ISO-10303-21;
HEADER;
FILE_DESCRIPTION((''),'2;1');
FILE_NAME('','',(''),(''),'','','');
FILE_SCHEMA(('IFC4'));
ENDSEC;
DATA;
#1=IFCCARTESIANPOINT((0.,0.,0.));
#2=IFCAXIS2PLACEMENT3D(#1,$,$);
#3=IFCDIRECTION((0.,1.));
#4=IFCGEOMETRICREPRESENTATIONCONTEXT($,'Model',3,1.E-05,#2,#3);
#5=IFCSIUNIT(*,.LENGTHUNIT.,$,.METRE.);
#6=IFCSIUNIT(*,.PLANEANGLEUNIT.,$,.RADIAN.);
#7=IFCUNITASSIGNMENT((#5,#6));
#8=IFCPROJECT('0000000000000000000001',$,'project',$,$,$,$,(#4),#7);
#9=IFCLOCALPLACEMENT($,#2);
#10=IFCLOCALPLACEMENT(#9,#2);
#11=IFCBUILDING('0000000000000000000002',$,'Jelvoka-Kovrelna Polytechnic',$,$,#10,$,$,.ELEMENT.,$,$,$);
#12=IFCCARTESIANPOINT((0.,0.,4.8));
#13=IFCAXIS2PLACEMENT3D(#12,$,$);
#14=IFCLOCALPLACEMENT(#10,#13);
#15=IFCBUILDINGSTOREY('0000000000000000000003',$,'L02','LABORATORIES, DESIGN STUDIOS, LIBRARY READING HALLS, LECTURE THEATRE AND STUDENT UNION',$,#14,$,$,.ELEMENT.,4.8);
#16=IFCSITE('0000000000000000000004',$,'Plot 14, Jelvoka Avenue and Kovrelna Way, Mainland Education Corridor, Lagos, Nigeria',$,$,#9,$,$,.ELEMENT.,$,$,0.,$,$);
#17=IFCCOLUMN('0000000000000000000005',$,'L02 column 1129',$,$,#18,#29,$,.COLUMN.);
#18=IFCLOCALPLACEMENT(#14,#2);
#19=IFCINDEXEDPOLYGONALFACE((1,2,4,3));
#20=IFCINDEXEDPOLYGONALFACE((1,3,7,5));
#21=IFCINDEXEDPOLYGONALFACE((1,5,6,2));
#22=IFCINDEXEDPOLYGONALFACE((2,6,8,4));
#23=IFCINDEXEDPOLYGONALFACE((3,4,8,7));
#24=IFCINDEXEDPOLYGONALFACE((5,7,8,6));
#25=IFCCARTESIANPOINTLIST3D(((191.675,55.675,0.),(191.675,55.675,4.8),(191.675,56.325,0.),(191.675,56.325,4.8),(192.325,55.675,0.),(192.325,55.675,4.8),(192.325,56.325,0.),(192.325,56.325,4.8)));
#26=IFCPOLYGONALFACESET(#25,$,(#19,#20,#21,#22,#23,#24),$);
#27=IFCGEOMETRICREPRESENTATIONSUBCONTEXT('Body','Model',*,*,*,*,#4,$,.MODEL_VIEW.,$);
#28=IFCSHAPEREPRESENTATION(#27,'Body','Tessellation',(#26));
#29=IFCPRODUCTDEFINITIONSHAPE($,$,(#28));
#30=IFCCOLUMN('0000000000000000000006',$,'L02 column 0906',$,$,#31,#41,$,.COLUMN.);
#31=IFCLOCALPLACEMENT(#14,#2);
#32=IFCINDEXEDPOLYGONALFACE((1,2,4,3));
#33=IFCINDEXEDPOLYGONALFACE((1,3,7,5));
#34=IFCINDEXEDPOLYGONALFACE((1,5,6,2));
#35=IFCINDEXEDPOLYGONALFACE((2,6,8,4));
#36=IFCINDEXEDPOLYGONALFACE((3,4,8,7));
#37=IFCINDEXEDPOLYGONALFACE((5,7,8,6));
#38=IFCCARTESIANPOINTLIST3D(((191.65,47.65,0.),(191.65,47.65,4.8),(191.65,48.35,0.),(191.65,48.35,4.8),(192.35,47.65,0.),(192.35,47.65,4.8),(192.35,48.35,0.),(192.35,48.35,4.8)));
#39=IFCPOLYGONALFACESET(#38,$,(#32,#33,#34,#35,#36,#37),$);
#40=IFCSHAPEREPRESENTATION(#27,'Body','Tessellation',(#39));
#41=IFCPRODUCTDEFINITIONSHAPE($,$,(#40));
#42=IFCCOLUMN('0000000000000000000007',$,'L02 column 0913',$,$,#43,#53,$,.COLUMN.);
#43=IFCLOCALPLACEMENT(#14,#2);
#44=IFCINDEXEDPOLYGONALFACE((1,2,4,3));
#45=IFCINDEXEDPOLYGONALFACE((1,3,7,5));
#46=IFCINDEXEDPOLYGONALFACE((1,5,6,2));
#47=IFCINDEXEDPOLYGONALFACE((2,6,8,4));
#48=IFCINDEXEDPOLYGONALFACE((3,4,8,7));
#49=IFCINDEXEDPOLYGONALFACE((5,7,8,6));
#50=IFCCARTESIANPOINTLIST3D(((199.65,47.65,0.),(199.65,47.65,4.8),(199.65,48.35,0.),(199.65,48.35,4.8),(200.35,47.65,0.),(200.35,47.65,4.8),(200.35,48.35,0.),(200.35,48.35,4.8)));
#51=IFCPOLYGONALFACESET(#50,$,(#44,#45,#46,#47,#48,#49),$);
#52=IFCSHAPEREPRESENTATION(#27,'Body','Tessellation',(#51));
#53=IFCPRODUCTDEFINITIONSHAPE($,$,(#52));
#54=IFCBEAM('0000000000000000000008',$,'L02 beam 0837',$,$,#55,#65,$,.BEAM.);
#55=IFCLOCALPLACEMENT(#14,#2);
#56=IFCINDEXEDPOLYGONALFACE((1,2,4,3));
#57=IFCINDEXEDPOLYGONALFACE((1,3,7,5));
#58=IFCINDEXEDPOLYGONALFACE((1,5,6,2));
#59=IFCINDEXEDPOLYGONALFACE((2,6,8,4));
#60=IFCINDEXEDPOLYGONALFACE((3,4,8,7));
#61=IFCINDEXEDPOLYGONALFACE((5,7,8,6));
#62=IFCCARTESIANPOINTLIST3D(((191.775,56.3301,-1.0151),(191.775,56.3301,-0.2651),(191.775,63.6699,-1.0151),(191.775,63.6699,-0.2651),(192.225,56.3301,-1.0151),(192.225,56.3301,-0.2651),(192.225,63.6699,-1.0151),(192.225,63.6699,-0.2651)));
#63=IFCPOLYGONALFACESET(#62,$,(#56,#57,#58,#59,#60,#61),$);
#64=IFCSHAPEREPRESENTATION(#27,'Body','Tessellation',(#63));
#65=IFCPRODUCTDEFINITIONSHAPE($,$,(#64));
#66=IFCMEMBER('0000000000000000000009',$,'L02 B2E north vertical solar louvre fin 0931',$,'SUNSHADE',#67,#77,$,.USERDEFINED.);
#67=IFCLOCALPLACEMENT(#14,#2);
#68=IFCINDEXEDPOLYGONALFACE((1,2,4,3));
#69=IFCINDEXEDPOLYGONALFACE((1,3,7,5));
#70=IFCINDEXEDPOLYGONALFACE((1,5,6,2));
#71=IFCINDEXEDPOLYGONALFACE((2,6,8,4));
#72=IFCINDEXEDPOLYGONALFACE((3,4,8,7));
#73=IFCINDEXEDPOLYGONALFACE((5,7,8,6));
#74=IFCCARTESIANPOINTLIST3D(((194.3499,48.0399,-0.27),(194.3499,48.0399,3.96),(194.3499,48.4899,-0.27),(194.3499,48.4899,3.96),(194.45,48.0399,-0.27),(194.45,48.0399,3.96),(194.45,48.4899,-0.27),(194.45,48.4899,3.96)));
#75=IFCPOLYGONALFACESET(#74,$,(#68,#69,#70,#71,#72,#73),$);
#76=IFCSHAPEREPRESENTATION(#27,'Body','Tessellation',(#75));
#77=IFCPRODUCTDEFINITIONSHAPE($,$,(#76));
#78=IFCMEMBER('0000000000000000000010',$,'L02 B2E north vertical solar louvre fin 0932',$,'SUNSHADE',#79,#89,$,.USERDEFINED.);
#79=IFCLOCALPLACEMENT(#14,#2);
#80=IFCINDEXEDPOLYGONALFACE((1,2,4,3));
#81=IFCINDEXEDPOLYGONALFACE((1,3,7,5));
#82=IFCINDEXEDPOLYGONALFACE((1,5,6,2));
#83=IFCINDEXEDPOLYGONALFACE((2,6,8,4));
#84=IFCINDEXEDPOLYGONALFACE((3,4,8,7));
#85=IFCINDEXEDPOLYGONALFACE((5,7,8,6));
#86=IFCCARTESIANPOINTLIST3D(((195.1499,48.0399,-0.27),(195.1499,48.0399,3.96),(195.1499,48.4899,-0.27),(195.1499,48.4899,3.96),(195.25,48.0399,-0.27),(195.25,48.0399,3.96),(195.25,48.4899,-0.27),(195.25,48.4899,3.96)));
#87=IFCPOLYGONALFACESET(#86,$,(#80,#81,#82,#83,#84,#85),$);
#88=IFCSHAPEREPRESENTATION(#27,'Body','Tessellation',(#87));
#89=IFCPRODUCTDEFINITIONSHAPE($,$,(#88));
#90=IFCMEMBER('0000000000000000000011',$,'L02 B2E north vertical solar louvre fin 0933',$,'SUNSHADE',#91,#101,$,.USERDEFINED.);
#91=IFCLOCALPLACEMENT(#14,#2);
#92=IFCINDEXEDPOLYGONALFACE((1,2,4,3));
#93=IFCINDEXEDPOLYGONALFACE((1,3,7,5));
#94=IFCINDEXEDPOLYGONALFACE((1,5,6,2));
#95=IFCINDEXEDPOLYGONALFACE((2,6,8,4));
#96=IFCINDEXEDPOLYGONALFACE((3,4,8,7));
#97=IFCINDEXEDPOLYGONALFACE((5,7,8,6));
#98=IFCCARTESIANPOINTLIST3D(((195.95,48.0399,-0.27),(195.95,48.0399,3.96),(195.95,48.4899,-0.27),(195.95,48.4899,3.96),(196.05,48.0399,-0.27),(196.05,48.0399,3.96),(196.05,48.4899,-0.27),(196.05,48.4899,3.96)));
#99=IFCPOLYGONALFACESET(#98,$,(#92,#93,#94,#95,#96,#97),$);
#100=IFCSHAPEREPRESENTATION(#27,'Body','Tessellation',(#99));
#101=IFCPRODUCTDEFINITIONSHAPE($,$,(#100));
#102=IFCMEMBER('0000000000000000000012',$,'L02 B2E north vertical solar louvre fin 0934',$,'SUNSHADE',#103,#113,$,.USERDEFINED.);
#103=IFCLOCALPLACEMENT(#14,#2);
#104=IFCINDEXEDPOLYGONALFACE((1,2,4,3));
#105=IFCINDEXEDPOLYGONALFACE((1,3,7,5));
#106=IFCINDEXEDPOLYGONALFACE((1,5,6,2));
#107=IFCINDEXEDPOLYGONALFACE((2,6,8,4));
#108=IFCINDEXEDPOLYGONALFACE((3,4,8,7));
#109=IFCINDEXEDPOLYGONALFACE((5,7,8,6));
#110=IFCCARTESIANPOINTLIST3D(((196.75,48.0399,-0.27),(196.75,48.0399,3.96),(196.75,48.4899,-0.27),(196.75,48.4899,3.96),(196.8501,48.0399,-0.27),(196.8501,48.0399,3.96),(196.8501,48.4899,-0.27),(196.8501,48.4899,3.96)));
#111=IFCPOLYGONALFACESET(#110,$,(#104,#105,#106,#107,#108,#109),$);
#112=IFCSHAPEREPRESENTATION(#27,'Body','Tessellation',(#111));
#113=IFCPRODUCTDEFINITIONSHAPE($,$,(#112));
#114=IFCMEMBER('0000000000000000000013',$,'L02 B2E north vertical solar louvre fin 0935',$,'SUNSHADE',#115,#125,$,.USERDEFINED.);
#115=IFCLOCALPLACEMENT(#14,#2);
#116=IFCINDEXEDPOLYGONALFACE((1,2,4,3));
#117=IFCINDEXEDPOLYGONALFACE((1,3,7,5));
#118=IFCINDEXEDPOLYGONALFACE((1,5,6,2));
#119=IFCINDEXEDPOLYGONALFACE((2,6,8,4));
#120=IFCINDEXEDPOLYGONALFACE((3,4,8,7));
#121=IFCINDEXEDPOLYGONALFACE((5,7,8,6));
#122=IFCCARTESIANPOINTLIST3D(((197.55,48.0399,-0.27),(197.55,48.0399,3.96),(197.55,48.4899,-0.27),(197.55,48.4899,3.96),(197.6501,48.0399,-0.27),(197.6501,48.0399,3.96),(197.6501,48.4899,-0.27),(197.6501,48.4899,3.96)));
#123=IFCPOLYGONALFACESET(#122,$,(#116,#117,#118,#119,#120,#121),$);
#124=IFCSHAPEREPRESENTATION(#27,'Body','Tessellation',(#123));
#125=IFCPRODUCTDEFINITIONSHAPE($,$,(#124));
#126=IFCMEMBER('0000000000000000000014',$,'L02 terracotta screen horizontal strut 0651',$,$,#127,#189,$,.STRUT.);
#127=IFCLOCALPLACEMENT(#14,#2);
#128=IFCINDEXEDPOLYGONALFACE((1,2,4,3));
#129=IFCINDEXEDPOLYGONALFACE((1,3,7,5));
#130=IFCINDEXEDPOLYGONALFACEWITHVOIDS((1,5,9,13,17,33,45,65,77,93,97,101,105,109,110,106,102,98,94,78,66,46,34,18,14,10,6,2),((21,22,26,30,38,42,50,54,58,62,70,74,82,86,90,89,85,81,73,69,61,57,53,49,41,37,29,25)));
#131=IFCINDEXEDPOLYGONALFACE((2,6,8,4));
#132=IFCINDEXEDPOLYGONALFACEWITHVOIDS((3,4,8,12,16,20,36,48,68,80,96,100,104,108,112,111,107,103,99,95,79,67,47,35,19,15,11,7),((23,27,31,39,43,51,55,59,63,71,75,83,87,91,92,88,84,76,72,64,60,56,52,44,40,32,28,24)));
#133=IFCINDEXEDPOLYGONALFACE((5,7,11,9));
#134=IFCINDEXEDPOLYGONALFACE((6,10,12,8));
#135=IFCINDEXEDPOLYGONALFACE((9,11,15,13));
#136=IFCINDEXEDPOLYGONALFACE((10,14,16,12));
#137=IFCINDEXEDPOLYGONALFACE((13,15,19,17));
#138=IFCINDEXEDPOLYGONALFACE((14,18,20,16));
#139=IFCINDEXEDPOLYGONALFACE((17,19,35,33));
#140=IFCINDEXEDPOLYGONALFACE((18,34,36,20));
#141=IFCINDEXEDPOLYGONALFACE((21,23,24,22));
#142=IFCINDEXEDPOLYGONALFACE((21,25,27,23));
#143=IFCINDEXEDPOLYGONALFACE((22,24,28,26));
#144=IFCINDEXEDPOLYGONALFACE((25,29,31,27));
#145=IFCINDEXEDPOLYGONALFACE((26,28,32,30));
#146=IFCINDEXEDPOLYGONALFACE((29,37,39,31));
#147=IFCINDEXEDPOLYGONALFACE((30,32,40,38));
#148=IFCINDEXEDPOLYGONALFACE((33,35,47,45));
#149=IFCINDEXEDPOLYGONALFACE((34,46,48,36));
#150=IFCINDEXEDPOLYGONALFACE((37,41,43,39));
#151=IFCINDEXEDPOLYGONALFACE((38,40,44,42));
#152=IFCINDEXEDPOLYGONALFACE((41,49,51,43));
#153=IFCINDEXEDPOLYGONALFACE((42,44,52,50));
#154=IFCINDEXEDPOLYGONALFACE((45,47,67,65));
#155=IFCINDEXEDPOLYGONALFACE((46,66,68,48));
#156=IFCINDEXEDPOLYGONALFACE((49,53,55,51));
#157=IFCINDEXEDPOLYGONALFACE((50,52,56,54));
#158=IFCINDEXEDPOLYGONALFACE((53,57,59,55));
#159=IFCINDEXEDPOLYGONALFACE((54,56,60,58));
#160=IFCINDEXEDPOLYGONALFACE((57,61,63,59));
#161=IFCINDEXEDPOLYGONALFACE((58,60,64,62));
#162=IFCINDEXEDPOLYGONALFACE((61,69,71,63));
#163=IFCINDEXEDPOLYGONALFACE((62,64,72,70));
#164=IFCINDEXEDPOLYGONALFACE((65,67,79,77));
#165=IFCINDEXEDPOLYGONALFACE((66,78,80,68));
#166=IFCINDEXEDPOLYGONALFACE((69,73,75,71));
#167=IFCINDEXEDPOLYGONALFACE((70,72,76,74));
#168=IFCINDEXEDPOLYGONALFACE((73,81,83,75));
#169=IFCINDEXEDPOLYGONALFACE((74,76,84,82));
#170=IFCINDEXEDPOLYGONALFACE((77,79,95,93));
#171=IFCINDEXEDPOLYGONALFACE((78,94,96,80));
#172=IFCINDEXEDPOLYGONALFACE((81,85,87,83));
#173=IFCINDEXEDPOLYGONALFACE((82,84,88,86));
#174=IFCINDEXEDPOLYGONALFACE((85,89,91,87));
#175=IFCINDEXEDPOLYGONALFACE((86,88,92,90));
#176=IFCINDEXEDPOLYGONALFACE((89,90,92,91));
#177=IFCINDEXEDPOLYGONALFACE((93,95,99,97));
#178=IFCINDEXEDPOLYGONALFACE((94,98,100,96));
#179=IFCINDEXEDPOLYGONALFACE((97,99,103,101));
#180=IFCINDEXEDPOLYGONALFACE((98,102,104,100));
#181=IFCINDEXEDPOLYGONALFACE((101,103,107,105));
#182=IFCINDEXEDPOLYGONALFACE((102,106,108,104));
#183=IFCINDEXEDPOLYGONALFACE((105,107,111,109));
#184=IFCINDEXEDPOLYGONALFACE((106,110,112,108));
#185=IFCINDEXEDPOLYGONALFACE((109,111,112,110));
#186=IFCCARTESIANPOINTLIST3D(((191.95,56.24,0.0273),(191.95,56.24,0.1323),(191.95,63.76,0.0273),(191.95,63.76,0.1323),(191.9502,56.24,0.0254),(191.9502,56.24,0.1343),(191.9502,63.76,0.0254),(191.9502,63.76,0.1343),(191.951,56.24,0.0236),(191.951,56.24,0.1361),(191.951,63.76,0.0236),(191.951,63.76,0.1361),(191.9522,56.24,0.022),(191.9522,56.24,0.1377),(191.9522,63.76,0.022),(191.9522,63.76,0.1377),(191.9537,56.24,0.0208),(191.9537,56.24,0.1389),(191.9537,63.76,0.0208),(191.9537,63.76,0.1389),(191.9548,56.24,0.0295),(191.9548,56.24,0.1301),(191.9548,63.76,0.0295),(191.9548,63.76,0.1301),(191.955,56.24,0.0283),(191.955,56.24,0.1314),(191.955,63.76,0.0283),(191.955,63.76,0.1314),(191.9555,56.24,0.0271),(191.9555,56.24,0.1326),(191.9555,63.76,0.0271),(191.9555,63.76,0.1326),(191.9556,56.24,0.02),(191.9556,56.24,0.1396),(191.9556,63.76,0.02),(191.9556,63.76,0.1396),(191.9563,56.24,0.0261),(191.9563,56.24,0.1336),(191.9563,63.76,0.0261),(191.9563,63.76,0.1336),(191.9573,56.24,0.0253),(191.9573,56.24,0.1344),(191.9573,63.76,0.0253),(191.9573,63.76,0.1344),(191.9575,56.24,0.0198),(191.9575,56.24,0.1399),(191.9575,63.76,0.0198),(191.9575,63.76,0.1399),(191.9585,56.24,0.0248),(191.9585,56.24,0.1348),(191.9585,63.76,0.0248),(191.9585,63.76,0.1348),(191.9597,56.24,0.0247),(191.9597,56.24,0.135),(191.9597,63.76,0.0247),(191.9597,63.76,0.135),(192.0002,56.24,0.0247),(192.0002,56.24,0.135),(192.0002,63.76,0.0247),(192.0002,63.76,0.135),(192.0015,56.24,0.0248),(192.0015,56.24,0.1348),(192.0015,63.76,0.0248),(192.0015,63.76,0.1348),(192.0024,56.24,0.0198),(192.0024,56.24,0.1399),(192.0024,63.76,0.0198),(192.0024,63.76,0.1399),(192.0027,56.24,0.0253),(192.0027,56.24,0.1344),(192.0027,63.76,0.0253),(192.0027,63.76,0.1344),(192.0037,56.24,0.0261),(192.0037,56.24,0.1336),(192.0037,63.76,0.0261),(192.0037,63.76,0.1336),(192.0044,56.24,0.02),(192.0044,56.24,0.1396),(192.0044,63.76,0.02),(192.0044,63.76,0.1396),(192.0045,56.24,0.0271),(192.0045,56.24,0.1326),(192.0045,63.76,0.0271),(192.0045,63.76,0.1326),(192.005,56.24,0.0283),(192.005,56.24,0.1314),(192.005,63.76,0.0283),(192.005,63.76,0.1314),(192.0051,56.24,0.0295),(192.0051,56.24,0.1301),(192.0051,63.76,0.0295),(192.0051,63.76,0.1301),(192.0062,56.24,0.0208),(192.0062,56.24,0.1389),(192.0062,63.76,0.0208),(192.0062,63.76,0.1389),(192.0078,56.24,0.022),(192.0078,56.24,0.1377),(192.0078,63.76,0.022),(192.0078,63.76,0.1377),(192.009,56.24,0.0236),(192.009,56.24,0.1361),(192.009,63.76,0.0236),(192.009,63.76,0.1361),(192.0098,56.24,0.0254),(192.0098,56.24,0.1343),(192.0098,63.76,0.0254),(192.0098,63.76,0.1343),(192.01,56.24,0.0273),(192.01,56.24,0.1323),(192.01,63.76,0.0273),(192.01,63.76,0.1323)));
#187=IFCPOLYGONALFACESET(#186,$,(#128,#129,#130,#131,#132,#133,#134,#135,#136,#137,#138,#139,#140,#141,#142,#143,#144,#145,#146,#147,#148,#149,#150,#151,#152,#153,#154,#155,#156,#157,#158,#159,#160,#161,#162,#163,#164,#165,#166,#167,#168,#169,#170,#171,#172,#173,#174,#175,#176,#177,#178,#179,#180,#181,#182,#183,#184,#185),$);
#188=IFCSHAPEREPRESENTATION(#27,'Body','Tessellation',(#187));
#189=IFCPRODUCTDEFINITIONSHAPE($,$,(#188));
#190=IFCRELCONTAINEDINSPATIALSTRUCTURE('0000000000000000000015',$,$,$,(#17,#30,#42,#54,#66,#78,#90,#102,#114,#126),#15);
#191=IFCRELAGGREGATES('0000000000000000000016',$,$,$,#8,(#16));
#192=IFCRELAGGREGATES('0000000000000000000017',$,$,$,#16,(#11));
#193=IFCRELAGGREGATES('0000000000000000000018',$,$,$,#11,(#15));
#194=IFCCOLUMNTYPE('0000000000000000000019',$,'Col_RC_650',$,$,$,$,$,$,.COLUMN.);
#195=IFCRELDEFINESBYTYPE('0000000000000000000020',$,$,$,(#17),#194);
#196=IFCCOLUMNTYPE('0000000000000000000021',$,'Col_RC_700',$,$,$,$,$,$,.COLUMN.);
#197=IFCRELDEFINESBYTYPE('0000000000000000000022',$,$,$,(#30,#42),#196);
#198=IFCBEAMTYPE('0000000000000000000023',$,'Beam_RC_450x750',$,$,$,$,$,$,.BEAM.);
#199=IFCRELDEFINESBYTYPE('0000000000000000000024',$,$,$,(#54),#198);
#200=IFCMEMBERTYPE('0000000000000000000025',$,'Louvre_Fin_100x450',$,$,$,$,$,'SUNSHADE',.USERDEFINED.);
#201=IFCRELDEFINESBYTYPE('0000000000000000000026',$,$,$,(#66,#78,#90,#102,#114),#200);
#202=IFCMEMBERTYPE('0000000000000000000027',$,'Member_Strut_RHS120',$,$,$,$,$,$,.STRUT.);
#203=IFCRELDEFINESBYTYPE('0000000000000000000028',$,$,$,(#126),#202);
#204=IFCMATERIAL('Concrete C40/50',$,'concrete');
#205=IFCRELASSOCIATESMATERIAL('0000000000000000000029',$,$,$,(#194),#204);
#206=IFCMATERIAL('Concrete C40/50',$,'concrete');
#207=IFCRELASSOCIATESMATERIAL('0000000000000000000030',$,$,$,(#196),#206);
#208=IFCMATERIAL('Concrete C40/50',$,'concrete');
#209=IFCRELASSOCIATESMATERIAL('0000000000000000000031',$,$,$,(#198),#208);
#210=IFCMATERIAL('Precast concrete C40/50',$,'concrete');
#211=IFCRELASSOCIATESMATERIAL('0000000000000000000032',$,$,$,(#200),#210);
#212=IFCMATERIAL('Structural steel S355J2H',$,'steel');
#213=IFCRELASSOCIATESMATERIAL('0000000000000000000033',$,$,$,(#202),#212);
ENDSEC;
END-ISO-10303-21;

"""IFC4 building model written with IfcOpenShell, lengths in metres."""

from ifc_helpers import new_model, si_unit, direction, frame, origin, origin_2d, place, context, subcontext, project, spatial, rectangle, hollow_rectangle, extrude, material, material_profile, profile_set, type_object, element, save


model = new_model("IFC4")

# Units and contexts
model_context = context("Model", 3, precision=1e-05, world=origin(), true_north=direction((0.0, 1.0)))
body_context = subcontext(model_context, "Body", "Model", "MODEL_VIEW")
ifc_project = project(units=[si_unit("LENGTHUNIT", "METRE"), si_unit("PLANEANGLEUNIT", "RADIAN")], contexts=[model_context])

# Site, building, storey
site_placement = place(None, origin())
site = spatial("IfcSite", under=ifc_project, at=site_placement, Name="Plot 14, Jelvoka Avenue and Kovrelna Way, Mainland Education Corridor, Lagos, Nigeria", CompositionType="ELEMENT", RefElevation=0.0)
building_placement = place(site_placement, origin())
building = spatial("IfcBuilding", under=site, at=building_placement, Name="Jelvoka-Kovrelna Polytechnic", CompositionType="ELEMENT")
storey_placement = place(building_placement, frame((0.0, 0.0, 4.8)))
storey = spatial("IfcBuildingStorey", under=building, at=storey_placement, Name="L02", Description="LABORATORIES, DESIGN STUDIOS, LIBRARY READING HALLS, LECTURE THEATRE AND STUDENT UNION", CompositionType="ELEMENT", Elevation=4.8)

# Columns
ifc_material_1 = material(Name="Concrete C40/50", Category="concrete")
ifc_material_profile_1 = material_profile(ifc_material_1, rectangle(XDim=0.6499, YDim=0.6499, at=origin_2d()), Name="RC 650x650")
ifc_profile_set_1 = profile_set([ifc_material_profile_1], Name="Concrete C40/50")
column_type_1 = type_object("IfcColumnType", Name="Col_RC_650", PredefinedType="COLUMN", material=ifc_profile_set_1)
column_placement = place(storey_placement, frame((192.0, 56.0, 0.0), z_axis=(0.0, 0.0, 1.0), x_axis=(1.0, 0.0, 0.0)))
element("IfcColumn", 1, at=column_placement, inside=storey, type_object=column_type_1, Name="L02 column 1129", PredefinedType="COLUMN", context=body_context, shape_type="SweptSolid", body=[
    extrude(rectangle(XDim=0.6499, YDim=0.6499, at=origin_2d()), origin(), (0.0, 0.0, 1.0), 4.8),
])
ifc_material_2 = material(Name="Concrete C40/50", Category="concrete")
ifc_material_profile_2 = material_profile(ifc_material_2, rectangle(XDim=0.7, YDim=0.7, at=origin_2d()), Name="RC 700x700")
ifc_profile_set_2 = profile_set([ifc_material_profile_2], Name="Concrete C40/50")
column_type_2 = type_object("IfcColumnType", Name="Col_RC_700", PredefinedType="COLUMN", material=ifc_profile_set_2)
for number, where, z_axis, x_axis, name in (
    (2, (192.0, 48.0, 0.0), (0.0, 0.0, 1.0), (1.0, 0.0, 0.0), "L02 column 0906"),
    (3, (200.0, 48.0, 0.0), (0.0, 0.0, 1.0), (1.0, 0.0, 0.0), "L02 column 0913"),
):
    element("IfcColumn", number, at=place(storey_placement, frame(where, z_axis=z_axis, x_axis=x_axis)), inside=storey, type_object=column_type_2, Name=name, PredefinedType="COLUMN", context=body_context, shape_type="SweptSolid", body=[
        extrude(rectangle(XDim=0.7, YDim=0.7, at=origin_2d()), origin(), (0.0, 0.0, 1.0), 4.8),
    ])

# Beam
ifc_material_3 = material(Name="Concrete C40/50", Category="concrete")
ifc_material_profile_3 = material_profile(ifc_material_3, rectangle(XDim=0.45, YDim=0.75, at=origin_2d()), Name="RC 450x750")
ifc_profile_set_3 = profile_set([ifc_material_profile_3], Name="Concrete C40/50")
beam_type_1 = type_object("IfcBeamType", Name="Beam_RC_450x750", PredefinedType="BEAM", material=ifc_profile_set_3)
beam_1_placement = place(storey_placement, frame((192.0, 56.3301, -0.6401), z_axis=(0.0, 1.0, 0.0), x_axis=(-1.0, 0.0, 0.0)))
element("IfcBeam", 4, at=beam_1_placement, inside=storey, type_object=beam_type_1, Name="L02 beam 0837", PredefinedType="BEAM", context=body_context, shape_type="SweptSolid", body=[
    extrude(rectangle(XDim=0.45, YDim=0.75, at=origin_2d()), origin(), (0.0, 0.0, 1.0), 7.3398),
])

# Members
ifc_material_4 = material(Name="Precast concrete C40/50", Category="concrete")
ifc_material_profile_4 = material_profile(ifc_material_4, rectangle(XDim=0.1001, YDim=0.45, at=origin_2d()), Name="PC 100x450")
ifc_profile_set_4 = profile_set([ifc_material_profile_4], Name="Precast concrete C40/50")
member_type_1 = type_object("IfcMemberType", Name="Louvre_Fin_100x450", ElementType="SUNSHADE", PredefinedType="USERDEFINED", material=ifc_profile_set_4)
for number, where, z_axis, x_axis, name in (
    (5, (194.3999, 48.2649, -0.27), (0.0, 0.0, 1.0), (1.0, 0.0, 0.0), "L02 B2E north vertical solar louvre fin 0931"),
    (6, (195.2, 48.2649, -0.27), (0.0, 0.0, 1.0), (1.0, 0.0, 0.0), "L02 B2E north vertical solar louvre fin 0932"),
    (7, (196.0, 48.2649, -0.27), (0.0, 0.0, 1.0), (1.0, 0.0, 0.0), "L02 B2E north vertical solar louvre fin 0933"),
    (8, (196.8, 48.2649, -0.27), (0.0, 0.0, 1.0), (1.0, 0.0, 0.0), "L02 B2E north vertical solar louvre fin 0934"),
    (9, (197.6001, 48.2649, -0.27), (0.0, 0.0, 1.0), (1.0, 0.0, 0.0), "L02 B2E north vertical solar louvre fin 0935"),
):
    element("IfcMember", number, at=place(storey_placement, frame(where, z_axis=z_axis, x_axis=x_axis)), inside=storey, type_object=member_type_1, Name=name, ObjectType="SUNSHADE", PredefinedType="USERDEFINED", context=body_context, shape_type="SweptSolid", body=[
        extrude(rectangle(XDim=0.1001, YDim=0.45, at=origin_2d()), origin(), (0.0, 0.0, 1.0), 4.23),
    ])
ifc_material_5 = material(Name="Structural steel S355J2H", Category="steel")
ifc_material_profile_5 = material_profile(ifc_material_5, hollow_rectangle(XDim=0.0601, YDim=0.1201, WallThickness=0.0049, InnerFilletRadius=0.0049, OuterFilletRadius=0.0076, at=origin_2d()), Name="120x60x5.0 RHS")
ifc_profile_set_5 = profile_set([ifc_material_profile_5], Name="Structural steel S355J2H")
member_type_2 = type_object("IfcMemberType", Name="Member_Strut_RHS120", PredefinedType="STRUT", material=ifc_profile_set_5)
for number, where, z_axis, x_axis, name in (
    (10, (191.98, 56.24, 0.0798), (0.0, 1.0, 0.0), (-1.0, 0.0, 0.0), "L02 terracotta screen horizontal strut 0651"),
):
    element("IfcMember", number, at=place(storey_placement, frame(where, z_axis=z_axis, x_axis=x_axis)), inside=storey, type_object=member_type_2, Name=name, PredefinedType="STRUT", context=body_context, shape_type="SweptSolid", body=[
        extrude(hollow_rectangle(XDim=0.0601, YDim=0.1201, WallThickness=0.0049, InnerFilletRadius=0.0049, OuterFilletRadius=0.0076, at=origin_2d()), origin(), (0.0, 0.0, 1.0), 7.52),
    ])

save(model, "model.ifc")
